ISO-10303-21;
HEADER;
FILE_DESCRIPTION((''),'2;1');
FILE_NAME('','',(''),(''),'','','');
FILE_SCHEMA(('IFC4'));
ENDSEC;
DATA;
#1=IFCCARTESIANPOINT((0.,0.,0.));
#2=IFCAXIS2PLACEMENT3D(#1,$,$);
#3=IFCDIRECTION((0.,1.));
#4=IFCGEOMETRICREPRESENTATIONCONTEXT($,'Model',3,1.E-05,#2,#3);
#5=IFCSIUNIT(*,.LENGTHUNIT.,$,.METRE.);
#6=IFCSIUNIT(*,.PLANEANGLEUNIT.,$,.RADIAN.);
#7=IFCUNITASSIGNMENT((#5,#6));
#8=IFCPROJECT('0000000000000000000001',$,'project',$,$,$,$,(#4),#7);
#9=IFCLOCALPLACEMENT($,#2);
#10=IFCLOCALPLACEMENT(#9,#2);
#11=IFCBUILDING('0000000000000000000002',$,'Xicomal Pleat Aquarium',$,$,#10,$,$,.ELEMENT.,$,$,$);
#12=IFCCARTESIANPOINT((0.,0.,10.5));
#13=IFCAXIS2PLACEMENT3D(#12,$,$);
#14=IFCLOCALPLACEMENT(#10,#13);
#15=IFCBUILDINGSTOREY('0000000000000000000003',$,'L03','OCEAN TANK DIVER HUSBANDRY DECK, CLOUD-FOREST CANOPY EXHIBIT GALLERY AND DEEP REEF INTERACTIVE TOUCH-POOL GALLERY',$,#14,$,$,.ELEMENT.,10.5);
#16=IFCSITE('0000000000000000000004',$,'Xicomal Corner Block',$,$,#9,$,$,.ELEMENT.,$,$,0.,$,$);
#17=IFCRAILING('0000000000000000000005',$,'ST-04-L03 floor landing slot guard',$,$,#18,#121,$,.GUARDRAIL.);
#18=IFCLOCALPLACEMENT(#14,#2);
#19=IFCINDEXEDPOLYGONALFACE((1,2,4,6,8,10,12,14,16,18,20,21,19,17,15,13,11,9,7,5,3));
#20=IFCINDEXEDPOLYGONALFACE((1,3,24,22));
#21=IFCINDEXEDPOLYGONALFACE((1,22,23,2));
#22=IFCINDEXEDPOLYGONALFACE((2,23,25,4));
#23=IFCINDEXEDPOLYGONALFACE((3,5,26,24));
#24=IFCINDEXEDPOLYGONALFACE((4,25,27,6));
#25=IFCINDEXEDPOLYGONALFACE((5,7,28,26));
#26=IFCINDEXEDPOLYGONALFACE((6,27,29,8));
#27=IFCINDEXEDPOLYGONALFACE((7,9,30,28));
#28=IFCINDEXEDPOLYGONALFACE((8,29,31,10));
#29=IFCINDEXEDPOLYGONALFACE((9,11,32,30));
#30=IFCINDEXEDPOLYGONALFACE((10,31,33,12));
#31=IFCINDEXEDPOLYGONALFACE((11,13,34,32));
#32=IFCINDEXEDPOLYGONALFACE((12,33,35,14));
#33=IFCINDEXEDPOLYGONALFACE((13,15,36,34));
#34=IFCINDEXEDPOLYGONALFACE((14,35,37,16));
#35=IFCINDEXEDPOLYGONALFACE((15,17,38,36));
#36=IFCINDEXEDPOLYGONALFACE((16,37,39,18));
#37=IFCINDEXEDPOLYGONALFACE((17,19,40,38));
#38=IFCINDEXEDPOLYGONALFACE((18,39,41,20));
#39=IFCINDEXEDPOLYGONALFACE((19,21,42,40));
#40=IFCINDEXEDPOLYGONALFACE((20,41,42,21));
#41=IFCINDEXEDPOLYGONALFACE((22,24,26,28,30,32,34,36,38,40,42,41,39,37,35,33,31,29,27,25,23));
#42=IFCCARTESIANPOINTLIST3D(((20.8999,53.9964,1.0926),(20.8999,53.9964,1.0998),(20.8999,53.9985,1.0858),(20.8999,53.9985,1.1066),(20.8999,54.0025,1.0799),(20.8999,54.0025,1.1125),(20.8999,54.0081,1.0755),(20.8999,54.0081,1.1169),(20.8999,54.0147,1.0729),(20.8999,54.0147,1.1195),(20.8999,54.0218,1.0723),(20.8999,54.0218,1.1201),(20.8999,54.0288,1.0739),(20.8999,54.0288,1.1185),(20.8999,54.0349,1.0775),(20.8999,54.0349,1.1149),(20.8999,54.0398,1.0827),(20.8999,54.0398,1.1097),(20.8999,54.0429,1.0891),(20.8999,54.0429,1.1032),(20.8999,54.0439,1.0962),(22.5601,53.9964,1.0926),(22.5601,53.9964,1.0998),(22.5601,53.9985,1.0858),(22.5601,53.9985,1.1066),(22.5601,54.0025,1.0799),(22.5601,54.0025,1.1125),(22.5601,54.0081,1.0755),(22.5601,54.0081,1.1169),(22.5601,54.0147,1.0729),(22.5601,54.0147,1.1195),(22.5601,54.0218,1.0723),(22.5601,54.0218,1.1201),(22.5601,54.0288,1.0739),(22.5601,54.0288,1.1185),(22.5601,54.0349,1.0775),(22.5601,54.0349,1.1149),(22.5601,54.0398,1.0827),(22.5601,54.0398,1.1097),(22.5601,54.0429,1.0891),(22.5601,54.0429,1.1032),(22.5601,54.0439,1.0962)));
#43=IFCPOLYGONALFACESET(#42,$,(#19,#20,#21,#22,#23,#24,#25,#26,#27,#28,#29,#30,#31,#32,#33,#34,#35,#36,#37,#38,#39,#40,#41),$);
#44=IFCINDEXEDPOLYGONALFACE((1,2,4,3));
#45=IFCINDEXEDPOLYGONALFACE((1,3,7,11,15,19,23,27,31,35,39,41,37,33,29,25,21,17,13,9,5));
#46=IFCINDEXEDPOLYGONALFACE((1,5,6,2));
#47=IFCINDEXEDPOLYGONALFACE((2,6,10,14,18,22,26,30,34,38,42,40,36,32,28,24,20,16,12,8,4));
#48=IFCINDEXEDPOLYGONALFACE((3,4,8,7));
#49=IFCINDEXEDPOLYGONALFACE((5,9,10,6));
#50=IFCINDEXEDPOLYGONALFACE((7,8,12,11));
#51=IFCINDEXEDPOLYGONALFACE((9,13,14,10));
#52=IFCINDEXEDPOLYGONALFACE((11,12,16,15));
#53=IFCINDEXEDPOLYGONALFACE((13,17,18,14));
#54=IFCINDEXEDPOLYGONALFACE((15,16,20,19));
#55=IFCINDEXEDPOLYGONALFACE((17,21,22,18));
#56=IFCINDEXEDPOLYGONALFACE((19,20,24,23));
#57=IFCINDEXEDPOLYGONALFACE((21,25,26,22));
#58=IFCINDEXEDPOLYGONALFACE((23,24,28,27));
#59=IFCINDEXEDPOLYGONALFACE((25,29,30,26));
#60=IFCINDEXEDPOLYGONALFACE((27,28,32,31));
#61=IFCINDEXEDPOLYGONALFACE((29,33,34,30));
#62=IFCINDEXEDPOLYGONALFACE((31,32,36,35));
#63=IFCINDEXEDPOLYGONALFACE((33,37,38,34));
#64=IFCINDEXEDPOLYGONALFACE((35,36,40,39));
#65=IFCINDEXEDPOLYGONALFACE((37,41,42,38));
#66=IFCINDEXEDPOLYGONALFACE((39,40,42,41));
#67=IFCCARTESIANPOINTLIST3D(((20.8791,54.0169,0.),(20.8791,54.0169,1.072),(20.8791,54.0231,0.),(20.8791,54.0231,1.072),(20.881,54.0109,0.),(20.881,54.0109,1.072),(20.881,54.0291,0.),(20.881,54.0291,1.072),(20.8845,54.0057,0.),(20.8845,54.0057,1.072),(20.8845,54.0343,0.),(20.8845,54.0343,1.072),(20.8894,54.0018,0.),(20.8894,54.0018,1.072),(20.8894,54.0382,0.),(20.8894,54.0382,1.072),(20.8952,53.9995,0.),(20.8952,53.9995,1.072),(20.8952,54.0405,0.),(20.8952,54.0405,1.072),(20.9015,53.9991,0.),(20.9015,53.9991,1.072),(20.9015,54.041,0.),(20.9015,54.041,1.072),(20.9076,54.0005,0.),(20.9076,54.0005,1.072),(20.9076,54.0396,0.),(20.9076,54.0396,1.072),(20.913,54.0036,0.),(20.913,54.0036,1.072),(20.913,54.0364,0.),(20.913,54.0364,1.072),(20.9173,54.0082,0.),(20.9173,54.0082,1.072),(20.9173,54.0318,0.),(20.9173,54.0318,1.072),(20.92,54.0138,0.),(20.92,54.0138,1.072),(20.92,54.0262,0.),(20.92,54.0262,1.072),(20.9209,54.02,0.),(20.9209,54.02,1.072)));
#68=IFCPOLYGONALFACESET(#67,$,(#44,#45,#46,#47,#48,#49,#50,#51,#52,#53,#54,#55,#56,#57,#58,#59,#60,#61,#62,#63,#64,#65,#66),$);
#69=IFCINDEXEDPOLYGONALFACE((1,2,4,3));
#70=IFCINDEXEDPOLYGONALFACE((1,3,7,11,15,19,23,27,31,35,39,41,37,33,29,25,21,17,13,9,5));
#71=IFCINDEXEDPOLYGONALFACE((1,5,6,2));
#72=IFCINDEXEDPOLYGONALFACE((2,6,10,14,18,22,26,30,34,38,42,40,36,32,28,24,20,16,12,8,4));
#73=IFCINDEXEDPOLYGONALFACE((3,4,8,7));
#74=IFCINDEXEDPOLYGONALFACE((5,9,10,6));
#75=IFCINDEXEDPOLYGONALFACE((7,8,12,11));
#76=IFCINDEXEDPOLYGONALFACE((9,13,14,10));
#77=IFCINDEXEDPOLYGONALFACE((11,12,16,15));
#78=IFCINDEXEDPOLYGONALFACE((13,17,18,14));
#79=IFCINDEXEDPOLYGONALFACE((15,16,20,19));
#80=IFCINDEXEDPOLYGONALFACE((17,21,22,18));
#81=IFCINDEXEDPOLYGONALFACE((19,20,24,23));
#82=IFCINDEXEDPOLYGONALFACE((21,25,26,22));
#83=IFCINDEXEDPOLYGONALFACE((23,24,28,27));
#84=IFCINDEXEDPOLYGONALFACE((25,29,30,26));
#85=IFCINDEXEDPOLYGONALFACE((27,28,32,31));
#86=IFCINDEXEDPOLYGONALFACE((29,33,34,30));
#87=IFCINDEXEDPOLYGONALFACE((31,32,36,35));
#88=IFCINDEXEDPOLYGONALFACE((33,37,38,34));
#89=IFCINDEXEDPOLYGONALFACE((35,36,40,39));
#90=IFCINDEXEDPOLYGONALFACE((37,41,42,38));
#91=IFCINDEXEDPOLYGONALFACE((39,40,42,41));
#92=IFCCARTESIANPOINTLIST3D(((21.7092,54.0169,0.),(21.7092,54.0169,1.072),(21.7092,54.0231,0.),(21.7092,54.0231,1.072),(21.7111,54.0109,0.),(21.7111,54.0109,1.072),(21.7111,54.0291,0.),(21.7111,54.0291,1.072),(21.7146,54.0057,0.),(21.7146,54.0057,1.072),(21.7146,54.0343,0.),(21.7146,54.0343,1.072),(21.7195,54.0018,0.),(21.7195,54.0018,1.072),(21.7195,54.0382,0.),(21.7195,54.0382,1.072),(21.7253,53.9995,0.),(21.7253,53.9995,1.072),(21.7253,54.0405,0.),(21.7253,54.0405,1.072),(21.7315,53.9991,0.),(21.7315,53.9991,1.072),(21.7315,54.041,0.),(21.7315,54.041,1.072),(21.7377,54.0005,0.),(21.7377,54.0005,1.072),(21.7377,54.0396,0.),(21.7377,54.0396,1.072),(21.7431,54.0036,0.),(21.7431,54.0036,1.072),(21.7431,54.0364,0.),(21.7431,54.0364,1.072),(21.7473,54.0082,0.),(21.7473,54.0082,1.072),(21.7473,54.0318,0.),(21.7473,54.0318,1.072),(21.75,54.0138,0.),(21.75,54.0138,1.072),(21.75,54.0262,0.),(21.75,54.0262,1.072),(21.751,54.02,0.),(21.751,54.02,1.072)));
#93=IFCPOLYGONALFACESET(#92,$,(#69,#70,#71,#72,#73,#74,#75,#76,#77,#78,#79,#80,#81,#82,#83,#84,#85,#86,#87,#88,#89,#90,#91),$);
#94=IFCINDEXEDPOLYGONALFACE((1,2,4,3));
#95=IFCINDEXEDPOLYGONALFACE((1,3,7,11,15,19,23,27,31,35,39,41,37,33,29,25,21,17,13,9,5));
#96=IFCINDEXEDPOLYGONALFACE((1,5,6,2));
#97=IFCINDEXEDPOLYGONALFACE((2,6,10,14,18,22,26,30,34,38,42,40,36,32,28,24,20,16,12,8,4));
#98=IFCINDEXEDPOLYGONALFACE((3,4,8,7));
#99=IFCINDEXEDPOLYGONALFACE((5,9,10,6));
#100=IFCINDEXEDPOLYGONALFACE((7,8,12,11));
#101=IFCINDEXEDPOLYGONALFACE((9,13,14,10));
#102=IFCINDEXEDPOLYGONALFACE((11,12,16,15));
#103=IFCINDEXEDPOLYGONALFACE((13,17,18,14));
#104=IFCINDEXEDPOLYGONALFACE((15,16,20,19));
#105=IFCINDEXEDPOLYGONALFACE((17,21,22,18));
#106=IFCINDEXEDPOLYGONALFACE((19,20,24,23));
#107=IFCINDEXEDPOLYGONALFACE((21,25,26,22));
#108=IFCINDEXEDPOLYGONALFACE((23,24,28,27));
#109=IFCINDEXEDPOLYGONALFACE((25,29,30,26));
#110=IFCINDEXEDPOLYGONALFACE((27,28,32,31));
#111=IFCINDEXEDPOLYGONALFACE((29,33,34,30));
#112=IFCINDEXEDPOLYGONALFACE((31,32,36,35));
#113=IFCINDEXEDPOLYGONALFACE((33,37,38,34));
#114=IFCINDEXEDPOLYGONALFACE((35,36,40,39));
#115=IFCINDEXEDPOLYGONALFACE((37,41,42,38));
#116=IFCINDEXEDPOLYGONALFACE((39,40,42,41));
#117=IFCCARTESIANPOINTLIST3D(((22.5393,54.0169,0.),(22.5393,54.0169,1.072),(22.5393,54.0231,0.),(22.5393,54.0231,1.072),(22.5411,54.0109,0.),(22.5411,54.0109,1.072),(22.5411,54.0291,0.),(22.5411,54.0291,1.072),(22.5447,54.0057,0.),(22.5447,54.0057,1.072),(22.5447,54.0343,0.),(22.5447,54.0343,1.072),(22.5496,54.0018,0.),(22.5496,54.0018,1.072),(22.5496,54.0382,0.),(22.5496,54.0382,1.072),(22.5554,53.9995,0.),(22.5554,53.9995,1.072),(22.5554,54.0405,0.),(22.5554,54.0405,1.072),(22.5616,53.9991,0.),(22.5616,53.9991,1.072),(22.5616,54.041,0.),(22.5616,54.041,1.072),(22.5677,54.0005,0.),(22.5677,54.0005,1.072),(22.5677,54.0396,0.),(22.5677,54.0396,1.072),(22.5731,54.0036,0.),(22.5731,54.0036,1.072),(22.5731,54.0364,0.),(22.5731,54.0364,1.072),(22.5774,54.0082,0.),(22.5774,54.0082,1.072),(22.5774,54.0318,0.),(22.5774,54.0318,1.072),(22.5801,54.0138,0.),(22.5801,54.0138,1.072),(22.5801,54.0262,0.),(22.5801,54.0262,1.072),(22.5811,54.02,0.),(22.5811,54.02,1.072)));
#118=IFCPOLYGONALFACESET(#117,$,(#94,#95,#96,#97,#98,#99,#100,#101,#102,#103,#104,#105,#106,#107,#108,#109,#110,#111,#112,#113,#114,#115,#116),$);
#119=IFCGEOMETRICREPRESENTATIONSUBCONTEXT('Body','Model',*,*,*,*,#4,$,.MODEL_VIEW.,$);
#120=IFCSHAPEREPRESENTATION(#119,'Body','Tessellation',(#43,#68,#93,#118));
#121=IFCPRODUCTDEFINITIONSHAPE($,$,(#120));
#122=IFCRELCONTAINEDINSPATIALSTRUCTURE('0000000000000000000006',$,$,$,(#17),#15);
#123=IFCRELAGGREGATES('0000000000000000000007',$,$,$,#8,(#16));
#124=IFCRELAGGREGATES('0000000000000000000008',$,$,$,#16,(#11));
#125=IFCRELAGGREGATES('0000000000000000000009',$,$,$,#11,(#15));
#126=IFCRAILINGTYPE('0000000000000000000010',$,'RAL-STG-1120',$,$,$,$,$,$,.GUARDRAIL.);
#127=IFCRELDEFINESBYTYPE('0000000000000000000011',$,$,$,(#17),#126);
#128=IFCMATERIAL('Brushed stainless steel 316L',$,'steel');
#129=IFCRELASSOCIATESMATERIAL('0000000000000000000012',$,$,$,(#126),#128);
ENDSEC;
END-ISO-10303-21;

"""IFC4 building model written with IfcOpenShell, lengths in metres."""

from ifc_helpers import new_model, si_unit, direction, frame, origin, origin_2d, place, context, subcontext, project, spatial, circle, extrude, material, type_object, element, save


model = new_model("IFC4")

# Units and contexts
model_context = context("Model", 3, precision=1e-05, world=origin(), true_north=direction((0.0, 1.0)))
body_context = subcontext(model_context, "Body", "Model", "MODEL_VIEW")
ifc_project = project(units=[si_unit("LENGTHUNIT", "METRE"), si_unit("PLANEANGLEUNIT", "RADIAN")], contexts=[model_context])

# Site, building, storey
site_placement = place(None, origin())
site = spatial("IfcSite", under=ifc_project, at=site_placement, Name="Xicomal Corner Block", CompositionType="ELEMENT", RefElevation=0.0)
building_placement = place(site_placement, origin())
building = spatial("IfcBuilding", under=site, at=building_placement, Name="Xicomal Pleat Aquarium", CompositionType="ELEMENT")
storey_placement = place(building_placement, frame((0.0, 0.0, 10.5)))
storey = spatial("IfcBuildingStorey", under=building, at=storey_placement, Name="L03", Description="OCEAN TANK DIVER HUSBANDRY DECK, CLOUD-FOREST CANOPY EXHIBIT GALLERY AND DEEP REEF INTERACTIVE TOUCH-POOL GALLERY", CompositionType="ELEMENT", Elevation=10.5)

# Railing
ifc_material_1 = material(Name="Brushed stainless steel 316L", Category="steel")
railing_type_1 = type_object("IfcRailingType", Name="RAL-STG-1120", PredefinedType="GUARDRAIL", material=ifc_material_1)
railing_1_placement = place(storey_placement, frame((20.8999, 54.02, 0.0)))
element("IfcRailing", 1, at=railing_1_placement, inside=storey, type_object=railing_type_1, Name="ST-04-L03 floor landing slot guard", PredefinedType="GUARDRAIL", context=body_context, shape_type="SweptSolid", body=[
    extrude(circle(Radius=0.0239, at=origin_2d()), frame((0.0, 0.0, 1.0962), z_axis=(1.0, 0.0, 0.0), x_axis=(0.0, 1.0, 0.0)), (0.0, 0.0, 1.0), 1.6602),
    extrude(circle(Radius=0.021, at=origin_2d()), origin(), (0.0, 0.0, 1.0), 1.072),
    extrude(circle(Radius=0.021, at=origin_2d()), frame((0.8301, 0.0, 0.0)), (0.0, 0.0, 1.0), 1.072),
    extrude(circle(Radius=0.021, at=origin_2d()), frame((1.6602, 0.0, 0.0)), (0.0, 0.0, 1.0), 1.072),
])

save(model, "model.ifc")
